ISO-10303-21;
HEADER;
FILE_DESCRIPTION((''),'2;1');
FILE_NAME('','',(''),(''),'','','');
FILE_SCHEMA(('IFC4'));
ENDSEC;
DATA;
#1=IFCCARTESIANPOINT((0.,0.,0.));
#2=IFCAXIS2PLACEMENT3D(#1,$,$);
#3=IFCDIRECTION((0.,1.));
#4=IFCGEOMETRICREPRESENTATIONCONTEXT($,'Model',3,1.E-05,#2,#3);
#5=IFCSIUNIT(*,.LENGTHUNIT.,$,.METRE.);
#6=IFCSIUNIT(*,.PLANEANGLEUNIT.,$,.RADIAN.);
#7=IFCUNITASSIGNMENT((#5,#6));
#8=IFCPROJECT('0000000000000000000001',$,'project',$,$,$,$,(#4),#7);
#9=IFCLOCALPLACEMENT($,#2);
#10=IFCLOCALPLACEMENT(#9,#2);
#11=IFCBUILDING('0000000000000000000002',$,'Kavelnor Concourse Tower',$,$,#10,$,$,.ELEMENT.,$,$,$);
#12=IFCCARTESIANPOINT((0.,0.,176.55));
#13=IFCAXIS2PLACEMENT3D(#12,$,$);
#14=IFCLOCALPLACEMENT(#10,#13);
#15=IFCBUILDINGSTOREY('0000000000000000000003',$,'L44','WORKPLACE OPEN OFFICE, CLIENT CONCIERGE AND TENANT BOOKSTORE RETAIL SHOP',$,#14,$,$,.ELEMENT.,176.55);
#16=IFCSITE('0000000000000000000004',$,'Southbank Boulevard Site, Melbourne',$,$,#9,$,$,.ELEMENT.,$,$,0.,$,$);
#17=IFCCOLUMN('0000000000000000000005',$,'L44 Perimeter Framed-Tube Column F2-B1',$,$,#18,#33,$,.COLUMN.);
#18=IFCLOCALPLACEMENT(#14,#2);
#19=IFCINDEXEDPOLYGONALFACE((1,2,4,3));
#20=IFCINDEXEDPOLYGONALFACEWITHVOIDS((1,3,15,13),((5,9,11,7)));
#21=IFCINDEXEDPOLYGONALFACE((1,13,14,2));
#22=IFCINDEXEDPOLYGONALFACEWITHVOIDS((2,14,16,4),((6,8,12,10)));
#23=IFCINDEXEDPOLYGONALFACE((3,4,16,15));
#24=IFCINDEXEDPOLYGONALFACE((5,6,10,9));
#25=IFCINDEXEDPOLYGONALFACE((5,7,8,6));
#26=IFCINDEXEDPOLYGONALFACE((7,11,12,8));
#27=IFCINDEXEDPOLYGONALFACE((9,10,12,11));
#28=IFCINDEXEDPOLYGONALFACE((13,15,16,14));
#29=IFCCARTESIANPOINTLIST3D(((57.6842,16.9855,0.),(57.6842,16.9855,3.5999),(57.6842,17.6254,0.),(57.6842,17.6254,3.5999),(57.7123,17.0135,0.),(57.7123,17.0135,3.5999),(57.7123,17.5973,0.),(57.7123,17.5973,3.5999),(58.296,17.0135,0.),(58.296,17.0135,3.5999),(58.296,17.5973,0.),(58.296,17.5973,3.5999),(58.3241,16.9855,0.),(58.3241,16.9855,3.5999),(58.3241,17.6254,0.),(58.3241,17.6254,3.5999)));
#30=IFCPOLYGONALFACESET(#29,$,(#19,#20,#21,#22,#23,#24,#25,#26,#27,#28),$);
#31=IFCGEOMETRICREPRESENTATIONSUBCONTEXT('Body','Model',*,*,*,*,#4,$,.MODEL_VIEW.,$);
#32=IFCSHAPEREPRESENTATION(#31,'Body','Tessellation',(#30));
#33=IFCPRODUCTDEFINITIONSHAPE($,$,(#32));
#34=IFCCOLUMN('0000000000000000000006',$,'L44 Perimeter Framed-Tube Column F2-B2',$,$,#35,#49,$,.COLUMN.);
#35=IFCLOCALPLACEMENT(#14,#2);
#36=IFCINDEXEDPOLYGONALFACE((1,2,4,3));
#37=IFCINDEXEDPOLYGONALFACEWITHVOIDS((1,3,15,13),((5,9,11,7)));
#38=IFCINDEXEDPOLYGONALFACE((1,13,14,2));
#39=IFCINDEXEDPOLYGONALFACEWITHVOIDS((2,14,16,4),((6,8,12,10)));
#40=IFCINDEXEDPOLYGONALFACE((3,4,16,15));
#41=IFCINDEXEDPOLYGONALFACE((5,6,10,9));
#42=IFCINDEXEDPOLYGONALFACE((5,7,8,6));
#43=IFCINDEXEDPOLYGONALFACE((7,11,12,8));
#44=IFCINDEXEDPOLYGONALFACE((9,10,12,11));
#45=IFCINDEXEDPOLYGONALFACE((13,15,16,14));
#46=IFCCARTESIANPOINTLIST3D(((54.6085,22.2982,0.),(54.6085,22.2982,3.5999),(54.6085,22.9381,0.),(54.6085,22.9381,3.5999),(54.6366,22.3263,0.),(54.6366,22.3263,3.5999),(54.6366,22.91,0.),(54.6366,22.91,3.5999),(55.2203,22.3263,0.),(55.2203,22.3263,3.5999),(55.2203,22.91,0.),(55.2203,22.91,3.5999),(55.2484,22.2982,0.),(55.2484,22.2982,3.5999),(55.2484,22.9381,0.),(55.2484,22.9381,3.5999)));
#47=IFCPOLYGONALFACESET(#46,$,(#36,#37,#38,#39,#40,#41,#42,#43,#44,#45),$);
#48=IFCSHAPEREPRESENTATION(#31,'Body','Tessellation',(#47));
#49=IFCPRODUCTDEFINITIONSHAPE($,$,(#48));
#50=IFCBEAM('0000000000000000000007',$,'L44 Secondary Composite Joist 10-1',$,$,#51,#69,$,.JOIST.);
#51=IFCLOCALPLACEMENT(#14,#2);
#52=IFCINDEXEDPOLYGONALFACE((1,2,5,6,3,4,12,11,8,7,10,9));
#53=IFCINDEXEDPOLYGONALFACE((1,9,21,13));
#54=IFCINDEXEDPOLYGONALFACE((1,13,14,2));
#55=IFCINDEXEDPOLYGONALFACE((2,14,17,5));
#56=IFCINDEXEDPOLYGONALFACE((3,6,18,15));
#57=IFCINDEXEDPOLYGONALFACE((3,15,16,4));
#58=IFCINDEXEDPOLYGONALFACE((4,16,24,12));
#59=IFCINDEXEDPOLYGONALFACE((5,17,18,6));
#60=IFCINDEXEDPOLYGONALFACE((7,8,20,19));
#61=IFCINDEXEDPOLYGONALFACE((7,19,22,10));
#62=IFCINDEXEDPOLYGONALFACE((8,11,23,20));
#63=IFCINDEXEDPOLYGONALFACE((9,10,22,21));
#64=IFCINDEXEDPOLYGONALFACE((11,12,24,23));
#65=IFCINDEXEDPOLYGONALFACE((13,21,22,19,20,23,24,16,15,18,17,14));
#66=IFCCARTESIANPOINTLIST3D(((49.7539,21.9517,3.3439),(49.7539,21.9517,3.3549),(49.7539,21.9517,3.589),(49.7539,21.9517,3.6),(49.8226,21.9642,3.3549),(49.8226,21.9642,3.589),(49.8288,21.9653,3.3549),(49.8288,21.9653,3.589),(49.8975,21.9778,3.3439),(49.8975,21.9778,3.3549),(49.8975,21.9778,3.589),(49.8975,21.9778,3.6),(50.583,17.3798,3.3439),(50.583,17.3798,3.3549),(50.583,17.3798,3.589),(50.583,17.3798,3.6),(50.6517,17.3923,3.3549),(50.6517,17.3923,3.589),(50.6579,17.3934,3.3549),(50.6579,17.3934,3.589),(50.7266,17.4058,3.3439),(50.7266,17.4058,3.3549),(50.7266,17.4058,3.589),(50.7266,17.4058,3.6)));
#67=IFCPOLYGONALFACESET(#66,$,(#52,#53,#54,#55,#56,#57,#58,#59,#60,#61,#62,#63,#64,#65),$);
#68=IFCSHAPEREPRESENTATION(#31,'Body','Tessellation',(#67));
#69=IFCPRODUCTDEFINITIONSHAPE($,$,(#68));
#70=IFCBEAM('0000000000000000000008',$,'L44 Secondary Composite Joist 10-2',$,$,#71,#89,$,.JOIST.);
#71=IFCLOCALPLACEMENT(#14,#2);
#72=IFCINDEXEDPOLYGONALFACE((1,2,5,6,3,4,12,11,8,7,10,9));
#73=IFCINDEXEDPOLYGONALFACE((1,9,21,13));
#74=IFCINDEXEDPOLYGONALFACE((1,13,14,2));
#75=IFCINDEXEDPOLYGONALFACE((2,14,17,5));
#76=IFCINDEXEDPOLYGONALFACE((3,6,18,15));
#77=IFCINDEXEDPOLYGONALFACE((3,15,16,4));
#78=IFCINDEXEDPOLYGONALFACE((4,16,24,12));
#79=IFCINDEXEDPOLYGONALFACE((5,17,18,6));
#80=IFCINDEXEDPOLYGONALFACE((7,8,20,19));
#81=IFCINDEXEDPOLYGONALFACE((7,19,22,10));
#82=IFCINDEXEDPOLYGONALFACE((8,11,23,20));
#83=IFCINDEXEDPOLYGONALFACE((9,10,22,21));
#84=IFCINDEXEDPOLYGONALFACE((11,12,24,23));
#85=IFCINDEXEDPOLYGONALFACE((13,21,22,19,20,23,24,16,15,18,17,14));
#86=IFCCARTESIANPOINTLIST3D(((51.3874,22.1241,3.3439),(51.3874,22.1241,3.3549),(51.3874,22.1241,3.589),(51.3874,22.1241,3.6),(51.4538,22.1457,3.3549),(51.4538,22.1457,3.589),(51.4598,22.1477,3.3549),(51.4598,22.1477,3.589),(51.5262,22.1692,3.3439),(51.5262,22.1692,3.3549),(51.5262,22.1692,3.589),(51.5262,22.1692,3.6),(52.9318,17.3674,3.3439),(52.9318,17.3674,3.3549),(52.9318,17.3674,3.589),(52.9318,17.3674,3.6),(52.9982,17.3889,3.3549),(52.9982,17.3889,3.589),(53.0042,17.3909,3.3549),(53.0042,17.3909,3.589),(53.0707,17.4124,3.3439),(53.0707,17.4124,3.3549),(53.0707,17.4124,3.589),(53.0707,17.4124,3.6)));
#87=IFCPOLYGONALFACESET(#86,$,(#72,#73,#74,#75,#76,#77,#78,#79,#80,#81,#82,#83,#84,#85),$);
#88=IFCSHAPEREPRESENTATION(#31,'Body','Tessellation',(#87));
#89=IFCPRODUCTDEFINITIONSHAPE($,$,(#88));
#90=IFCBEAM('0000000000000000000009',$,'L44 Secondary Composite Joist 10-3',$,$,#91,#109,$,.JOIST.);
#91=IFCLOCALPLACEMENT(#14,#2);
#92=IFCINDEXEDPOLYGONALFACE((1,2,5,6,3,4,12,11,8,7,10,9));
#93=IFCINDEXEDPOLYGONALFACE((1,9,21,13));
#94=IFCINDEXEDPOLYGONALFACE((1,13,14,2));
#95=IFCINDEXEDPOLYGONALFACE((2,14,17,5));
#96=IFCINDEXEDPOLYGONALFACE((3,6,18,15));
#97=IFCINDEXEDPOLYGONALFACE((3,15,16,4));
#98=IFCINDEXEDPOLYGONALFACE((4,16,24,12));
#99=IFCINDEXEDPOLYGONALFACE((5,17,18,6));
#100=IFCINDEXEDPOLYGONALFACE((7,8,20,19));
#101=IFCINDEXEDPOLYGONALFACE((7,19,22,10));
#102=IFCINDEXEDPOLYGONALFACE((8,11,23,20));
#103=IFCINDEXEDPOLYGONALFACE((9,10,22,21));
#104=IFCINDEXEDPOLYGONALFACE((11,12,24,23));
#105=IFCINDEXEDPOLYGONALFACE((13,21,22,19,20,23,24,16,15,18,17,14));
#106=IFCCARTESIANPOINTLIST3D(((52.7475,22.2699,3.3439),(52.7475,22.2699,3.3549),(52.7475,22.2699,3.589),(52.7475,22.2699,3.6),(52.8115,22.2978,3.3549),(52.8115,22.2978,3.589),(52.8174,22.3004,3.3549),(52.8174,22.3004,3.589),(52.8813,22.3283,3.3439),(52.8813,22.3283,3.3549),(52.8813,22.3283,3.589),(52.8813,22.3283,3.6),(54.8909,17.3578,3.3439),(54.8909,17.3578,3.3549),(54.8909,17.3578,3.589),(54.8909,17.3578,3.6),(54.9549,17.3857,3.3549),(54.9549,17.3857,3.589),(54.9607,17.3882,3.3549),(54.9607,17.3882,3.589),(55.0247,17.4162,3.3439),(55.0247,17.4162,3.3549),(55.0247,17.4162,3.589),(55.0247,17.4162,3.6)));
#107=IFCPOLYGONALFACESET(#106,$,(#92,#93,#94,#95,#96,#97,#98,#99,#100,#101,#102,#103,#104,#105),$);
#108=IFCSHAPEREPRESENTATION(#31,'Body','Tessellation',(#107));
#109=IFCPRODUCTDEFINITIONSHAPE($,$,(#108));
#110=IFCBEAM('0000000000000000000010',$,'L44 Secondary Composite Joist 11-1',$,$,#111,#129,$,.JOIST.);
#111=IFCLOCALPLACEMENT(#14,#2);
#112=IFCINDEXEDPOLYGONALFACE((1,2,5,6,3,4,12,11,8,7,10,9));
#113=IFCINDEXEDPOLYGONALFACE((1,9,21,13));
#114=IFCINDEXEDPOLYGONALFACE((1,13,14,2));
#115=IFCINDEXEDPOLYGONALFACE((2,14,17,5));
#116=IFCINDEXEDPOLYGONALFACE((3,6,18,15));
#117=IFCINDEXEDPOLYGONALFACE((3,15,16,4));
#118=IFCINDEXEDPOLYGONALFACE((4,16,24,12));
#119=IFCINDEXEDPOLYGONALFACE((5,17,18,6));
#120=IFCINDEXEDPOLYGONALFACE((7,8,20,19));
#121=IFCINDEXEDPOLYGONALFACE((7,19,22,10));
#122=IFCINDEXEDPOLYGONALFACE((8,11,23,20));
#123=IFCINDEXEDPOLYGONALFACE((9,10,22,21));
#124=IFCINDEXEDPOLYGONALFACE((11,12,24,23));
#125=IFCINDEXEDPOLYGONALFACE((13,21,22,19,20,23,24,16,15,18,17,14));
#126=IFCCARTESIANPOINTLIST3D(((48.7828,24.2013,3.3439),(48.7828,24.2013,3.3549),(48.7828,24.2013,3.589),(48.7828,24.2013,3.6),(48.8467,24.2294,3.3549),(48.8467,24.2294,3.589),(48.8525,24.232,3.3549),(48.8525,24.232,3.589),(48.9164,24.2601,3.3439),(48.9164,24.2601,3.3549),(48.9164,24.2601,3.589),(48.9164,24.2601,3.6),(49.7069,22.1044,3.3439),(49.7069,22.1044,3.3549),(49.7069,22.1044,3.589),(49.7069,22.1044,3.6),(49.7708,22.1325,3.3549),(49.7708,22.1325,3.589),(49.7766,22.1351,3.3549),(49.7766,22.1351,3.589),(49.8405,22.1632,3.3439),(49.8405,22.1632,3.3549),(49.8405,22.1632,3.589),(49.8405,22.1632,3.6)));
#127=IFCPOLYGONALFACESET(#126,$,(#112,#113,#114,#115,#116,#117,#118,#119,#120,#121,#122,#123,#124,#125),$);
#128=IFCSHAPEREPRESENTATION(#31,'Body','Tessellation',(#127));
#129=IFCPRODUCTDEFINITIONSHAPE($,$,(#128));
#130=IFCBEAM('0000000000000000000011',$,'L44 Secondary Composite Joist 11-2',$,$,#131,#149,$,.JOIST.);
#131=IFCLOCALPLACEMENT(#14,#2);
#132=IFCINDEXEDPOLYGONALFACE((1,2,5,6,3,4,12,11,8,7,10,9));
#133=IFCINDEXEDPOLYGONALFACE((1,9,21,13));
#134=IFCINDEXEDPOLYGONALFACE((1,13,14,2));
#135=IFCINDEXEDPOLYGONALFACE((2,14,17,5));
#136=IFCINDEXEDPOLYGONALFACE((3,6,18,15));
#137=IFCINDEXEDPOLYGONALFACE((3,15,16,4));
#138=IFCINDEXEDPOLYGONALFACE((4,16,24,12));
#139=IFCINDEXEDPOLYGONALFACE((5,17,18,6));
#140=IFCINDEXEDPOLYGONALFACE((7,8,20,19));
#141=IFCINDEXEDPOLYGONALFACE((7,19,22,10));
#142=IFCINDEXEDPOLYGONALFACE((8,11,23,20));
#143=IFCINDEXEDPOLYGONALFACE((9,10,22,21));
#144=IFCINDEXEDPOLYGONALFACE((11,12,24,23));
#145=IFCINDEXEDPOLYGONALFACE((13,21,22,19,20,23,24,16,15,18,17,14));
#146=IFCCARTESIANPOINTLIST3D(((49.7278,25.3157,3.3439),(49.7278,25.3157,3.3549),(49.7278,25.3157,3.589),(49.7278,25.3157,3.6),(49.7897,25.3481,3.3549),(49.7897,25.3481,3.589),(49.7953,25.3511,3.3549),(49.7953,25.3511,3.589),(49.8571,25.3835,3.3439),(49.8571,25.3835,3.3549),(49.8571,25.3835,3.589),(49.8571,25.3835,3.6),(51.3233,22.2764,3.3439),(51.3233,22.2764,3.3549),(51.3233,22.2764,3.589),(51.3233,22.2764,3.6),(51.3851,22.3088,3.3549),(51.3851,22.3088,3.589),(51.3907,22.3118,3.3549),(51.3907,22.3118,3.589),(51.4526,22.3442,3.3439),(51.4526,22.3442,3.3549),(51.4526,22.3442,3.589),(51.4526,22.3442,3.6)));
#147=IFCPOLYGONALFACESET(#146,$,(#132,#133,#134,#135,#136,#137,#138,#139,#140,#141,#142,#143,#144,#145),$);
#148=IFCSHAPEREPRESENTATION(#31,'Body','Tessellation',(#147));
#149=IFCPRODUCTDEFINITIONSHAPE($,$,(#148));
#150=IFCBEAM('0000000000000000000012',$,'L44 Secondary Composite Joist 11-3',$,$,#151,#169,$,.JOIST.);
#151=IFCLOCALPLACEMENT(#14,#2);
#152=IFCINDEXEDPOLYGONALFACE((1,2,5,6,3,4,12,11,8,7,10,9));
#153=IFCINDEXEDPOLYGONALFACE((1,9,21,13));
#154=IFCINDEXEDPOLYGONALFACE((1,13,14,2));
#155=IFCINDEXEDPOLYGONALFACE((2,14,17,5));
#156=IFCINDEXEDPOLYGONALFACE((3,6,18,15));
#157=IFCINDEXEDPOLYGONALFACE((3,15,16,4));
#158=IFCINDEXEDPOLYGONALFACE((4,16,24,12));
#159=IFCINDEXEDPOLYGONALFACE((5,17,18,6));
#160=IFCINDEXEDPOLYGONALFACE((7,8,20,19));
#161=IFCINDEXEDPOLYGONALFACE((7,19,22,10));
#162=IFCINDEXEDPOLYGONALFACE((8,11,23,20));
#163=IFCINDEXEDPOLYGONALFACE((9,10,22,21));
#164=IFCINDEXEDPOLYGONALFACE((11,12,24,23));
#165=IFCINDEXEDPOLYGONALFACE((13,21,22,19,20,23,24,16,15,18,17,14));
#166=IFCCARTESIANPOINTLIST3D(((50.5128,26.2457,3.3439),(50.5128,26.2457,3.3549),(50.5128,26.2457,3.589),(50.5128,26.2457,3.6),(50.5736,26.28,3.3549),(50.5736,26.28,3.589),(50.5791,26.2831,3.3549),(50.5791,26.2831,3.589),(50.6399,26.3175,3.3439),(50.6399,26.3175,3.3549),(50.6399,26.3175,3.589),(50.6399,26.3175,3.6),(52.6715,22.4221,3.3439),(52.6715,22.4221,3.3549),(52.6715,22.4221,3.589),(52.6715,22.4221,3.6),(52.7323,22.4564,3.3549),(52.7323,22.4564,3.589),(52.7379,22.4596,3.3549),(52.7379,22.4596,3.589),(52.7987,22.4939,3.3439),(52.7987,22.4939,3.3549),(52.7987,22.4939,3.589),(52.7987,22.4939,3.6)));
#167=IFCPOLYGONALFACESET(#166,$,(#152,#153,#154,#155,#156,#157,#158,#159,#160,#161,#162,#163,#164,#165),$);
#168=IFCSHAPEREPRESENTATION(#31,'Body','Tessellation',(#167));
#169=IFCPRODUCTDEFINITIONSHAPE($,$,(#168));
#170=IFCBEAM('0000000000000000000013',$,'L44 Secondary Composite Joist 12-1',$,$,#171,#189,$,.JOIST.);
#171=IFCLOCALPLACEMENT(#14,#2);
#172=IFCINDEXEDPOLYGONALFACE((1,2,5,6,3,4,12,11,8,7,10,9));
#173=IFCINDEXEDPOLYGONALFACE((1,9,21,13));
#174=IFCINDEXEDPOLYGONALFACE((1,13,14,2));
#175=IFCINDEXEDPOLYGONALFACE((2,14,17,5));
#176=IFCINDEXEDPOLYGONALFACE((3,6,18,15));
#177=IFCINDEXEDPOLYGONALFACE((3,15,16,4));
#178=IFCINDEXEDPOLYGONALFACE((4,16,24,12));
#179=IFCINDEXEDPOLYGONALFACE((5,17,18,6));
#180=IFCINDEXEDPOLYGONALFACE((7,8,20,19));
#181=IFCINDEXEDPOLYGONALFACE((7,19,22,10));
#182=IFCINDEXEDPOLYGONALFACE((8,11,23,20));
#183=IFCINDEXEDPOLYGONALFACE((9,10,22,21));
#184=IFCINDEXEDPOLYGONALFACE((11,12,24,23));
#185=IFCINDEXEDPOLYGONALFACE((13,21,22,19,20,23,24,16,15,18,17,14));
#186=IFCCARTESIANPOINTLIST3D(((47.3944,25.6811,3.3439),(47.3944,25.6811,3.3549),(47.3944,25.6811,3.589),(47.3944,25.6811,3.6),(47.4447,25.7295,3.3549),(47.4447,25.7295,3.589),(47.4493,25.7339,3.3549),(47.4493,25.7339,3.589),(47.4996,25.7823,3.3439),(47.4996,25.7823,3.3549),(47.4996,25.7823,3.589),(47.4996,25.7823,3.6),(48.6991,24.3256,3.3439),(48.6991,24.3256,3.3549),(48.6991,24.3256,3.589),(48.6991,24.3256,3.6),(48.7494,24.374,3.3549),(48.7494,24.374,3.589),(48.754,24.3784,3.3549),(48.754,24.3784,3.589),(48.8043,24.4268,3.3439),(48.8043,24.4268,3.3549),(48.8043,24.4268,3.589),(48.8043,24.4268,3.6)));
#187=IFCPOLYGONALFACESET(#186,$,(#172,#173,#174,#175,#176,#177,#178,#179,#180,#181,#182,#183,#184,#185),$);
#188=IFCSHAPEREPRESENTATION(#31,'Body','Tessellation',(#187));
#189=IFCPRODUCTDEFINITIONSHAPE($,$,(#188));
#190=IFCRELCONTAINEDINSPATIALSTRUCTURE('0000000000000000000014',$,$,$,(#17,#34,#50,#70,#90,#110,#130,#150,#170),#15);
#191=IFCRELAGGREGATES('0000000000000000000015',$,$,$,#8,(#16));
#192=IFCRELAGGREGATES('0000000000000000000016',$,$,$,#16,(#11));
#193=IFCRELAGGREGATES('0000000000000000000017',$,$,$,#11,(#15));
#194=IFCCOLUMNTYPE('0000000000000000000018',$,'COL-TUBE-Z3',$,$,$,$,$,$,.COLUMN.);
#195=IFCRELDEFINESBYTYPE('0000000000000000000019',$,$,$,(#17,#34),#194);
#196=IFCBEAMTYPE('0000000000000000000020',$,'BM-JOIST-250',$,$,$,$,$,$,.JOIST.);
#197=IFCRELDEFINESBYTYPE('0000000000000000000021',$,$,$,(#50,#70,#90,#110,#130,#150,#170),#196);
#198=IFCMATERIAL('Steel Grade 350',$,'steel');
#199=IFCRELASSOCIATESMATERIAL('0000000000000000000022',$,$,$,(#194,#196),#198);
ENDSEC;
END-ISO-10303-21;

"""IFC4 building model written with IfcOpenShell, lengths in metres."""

from ifc_helpers import new_model, si_unit, direction, frame, origin, origin_2d, place, context, subcontext, project, spatial, hollow_rectangle, i_section, extrude, material, material_profile, profile_set, type_object, element, save


model = new_model("IFC4")

# Units and contexts
model_context = context("Model", 3, precision=1e-05, world=origin(), true_north=direction((0.0, 1.0)))
body_context = subcontext(model_context, "Body", "Model", "MODEL_VIEW")
ifc_project = project(units=[si_unit("LENGTHUNIT", "METRE"), si_unit("PLANEANGLEUNIT", "RADIAN")], contexts=[model_context])

# Site, building, storey
site_placement = place(None, origin())
site = spatial("IfcSite", under=ifc_project, at=site_placement, Name="Southbank Boulevard Site, Melbourne", CompositionType="ELEMENT", RefElevation=0.0)
building_placement = place(site_placement, origin())
building = spatial("IfcBuilding", under=site, at=building_placement, Name="Kavelnor Concourse Tower", CompositionType="ELEMENT")
storey_placement = place(building_placement, frame((0.0, 0.0, 176.55)))
storey = spatial("IfcBuildingStorey", under=building, at=storey_placement, Name="L44", Description="WORKPLACE OPEN OFFICE, CLIENT CONCIERGE AND TENANT BOOKSTORE RETAIL SHOP", CompositionType="ELEMENT", Elevation=176.55)

# Columns
ifc_material_1 = material(Name="Steel Grade 350", Category="steel")
ifc_material_profile_1 = material_profile(ifc_material_1, hollow_rectangle(XDim=0.6399, YDim=0.6399, WallThickness=0.0281, at=origin_2d()), Name="SHS 640x640x28")
ifc_profile_set_1 = profile_set([ifc_material_profile_1], Name="Steel Grade 350")
column_type = type_object("IfcColumnType", Name="COL-TUBE-Z3", PredefinedType="COLUMN", material=ifc_profile_set_1)
for number, where, z_axis, x_axis, name in (
    (1, (58.0042, 17.3054, 0.0), (0.0, 0.0, 1.0), (1.0, 0.0, 0.0), "L44 Perimeter Framed-Tube Column F2-B1"),
    (2, (54.9285, 22.6182, 0.0), (0.0, 0.0, 1.0), (1.0, 0.0, 0.0), "L44 Perimeter Framed-Tube Column F2-B2"),
):
    element("IfcColumn", number, at=place(storey_placement, frame(where, z_axis=z_axis, x_axis=x_axis)), inside=storey, type_object=column_type, Name=name, PredefinedType="COLUMN", context=body_context, shape_type="SweptSolid", body=[
        extrude(hollow_rectangle(XDim=0.6399, YDim=0.6399, WallThickness=0.0281, at=origin_2d()), origin(), (0.0, 0.0, 1.0), 3.5999),
    ])

# Beams
ifc_material_profile_2 = material_profile(ifc_material_1, i_section(OverallWidth=0.146, OverallDepth=0.2561, WebThickness=0.0063, FlangeThickness=0.011, at=origin_2d()), Name="250UB37")
ifc_profile_set_2 = profile_set([ifc_material_profile_2], Name="Steel Grade 350")
beam_type_1 = type_object("IfcBeamType", Name="BM-JOIST-250", PredefinedType="JOIST", material=ifc_profile_set_2)
beam_1_placement = place(storey_placement, frame((50.6548, 17.3928, 3.4719), z_axis=(-0.178432, 0.983952, 0.0), x_axis=(-0.983952, -0.178432, 0.0)))
element("IfcBeam", 3, at=beam_1_placement, inside=storey, type_object=beam_type_1, Name="L44 Secondary Composite Joist 10-1", PredefinedType="JOIST", context=body_context, shape_type="SweptSolid", body=[
    extrude(i_section(OverallWidth=0.146, OverallDepth=0.2561, WebThickness=0.0063, FlangeThickness=0.011, at=origin_2d()), origin(), (0.0, 0.0, 1.0), 4.6465),
])
beam_2_placement = place(storey_placement, frame((53.0012, 17.3899, 3.4719), z_axis=(-0.308808, 0.951124, 0.0), x_axis=(-0.951124, -0.308808, 0.0)))
element("IfcBeam", 4, at=beam_2_placement, inside=storey, type_object=beam_type_1, Name="L44 Secondary Composite Joist 10-2", PredefinedType="JOIST", context=body_context, shape_type="SweptSolid", body=[
    extrude(i_section(OverallWidth=0.146, OverallDepth=0.2561, WebThickness=0.0063, FlangeThickness=0.011, at=origin_2d()), origin(), (0.0, 0.0, 1.0), 5.0012),
])
beam_3_placement = place(storey_placement, frame((54.9578, 17.387, 3.4719), z_axis=(-0.39992, 0.91655, 0.0), x_axis=(-0.91655, -0.39992, 0.0)))
element("IfcBeam", 5, at=beam_3_placement, inside=storey, type_object=beam_type_1, Name="L44 Secondary Composite Joist 10-3", PredefinedType="JOIST", context=body_context, shape_type="SweptSolid", body=[
    extrude(i_section(OverallWidth=0.146, OverallDepth=0.2561, WebThickness=0.0063, FlangeThickness=0.011, at=origin_2d()), origin(), (0.0, 0.0, 1.0), 5.3594),
])
beam_4_placement = place(storey_placement, frame((49.7737, 22.1338, 3.4719), z_axis=(-0.40326, 0.915086, 0.0), x_axis=(-0.915086, -0.40326, 0.0)))
element("IfcBeam", 6, at=beam_4_placement, inside=storey, type_object=beam_type_1, Name="L44 Secondary Composite Joist 11-1", PredefinedType="JOIST", context=body_context, shape_type="SweptSolid", body=[
    extrude(i_section(OverallWidth=0.146, OverallDepth=0.2561, WebThickness=0.0063, FlangeThickness=0.011, at=origin_2d()), origin(), (0.0, 0.0, 1.0), 2.2915),
])
beam_5_placement = place(storey_placement, frame((51.3879, 22.3103, 3.4719), z_axis=(-0.464793, 0.885419, 0.0), x_axis=(-0.885419, -0.464793, 0.0)))
element("IfcBeam", 7, at=beam_5_placement, inside=storey, type_object=beam_type_1, Name="L44 Secondary Composite Joist 11-2", PredefinedType="JOIST", context=body_context, shape_type="SweptSolid", body=[
    extrude(i_section(OverallWidth=0.146, OverallDepth=0.2561, WebThickness=0.0063, FlangeThickness=0.011, at=origin_2d()), origin(), (0.0, 0.0, 1.0), 3.4326),
])
beam_6_placement = place(storey_placement, frame((52.7351, 22.458, 3.4719), z_axis=(-0.491641, 0.870798, 0.0), x_axis=(-0.870798, -0.491641, 0.0)))
element("IfcBeam", 8, at=beam_6_placement, inside=storey, type_object=beam_type_1, Name="L44 Secondary Composite Joist 11-3", PredefinedType="JOIST", context=body_context, shape_type="SweptSolid", body=[
    extrude(i_section(OverallWidth=0.146, OverallDepth=0.2561, WebThickness=0.0063, FlangeThickness=0.011, at=origin_2d()), origin(), (0.0, 0.0, 1.0), 4.3909),
])
beam_7_placement = place(storey_placement, frame((48.7517, 24.3762, 3.4719), z_axis=(-0.693482, 0.720474, 0.0), x_axis=(-0.720474, -0.693482, 0.0)))
element("IfcBeam", 9, at=beam_7_placement, inside=storey, type_object=beam_type_1, Name="L44 Secondary Composite Joist 12-1", PredefinedType="JOIST", context=body_context, shape_type="SweptSolid", body=[
    extrude(i_section(OverallWidth=0.146, OverallDepth=0.2561, WebThickness=0.0063, FlangeThickness=0.011, at=origin_2d()), origin(), (0.0, 0.0, 1.0), 1.8813),
])

save(model, "model.ifc")
